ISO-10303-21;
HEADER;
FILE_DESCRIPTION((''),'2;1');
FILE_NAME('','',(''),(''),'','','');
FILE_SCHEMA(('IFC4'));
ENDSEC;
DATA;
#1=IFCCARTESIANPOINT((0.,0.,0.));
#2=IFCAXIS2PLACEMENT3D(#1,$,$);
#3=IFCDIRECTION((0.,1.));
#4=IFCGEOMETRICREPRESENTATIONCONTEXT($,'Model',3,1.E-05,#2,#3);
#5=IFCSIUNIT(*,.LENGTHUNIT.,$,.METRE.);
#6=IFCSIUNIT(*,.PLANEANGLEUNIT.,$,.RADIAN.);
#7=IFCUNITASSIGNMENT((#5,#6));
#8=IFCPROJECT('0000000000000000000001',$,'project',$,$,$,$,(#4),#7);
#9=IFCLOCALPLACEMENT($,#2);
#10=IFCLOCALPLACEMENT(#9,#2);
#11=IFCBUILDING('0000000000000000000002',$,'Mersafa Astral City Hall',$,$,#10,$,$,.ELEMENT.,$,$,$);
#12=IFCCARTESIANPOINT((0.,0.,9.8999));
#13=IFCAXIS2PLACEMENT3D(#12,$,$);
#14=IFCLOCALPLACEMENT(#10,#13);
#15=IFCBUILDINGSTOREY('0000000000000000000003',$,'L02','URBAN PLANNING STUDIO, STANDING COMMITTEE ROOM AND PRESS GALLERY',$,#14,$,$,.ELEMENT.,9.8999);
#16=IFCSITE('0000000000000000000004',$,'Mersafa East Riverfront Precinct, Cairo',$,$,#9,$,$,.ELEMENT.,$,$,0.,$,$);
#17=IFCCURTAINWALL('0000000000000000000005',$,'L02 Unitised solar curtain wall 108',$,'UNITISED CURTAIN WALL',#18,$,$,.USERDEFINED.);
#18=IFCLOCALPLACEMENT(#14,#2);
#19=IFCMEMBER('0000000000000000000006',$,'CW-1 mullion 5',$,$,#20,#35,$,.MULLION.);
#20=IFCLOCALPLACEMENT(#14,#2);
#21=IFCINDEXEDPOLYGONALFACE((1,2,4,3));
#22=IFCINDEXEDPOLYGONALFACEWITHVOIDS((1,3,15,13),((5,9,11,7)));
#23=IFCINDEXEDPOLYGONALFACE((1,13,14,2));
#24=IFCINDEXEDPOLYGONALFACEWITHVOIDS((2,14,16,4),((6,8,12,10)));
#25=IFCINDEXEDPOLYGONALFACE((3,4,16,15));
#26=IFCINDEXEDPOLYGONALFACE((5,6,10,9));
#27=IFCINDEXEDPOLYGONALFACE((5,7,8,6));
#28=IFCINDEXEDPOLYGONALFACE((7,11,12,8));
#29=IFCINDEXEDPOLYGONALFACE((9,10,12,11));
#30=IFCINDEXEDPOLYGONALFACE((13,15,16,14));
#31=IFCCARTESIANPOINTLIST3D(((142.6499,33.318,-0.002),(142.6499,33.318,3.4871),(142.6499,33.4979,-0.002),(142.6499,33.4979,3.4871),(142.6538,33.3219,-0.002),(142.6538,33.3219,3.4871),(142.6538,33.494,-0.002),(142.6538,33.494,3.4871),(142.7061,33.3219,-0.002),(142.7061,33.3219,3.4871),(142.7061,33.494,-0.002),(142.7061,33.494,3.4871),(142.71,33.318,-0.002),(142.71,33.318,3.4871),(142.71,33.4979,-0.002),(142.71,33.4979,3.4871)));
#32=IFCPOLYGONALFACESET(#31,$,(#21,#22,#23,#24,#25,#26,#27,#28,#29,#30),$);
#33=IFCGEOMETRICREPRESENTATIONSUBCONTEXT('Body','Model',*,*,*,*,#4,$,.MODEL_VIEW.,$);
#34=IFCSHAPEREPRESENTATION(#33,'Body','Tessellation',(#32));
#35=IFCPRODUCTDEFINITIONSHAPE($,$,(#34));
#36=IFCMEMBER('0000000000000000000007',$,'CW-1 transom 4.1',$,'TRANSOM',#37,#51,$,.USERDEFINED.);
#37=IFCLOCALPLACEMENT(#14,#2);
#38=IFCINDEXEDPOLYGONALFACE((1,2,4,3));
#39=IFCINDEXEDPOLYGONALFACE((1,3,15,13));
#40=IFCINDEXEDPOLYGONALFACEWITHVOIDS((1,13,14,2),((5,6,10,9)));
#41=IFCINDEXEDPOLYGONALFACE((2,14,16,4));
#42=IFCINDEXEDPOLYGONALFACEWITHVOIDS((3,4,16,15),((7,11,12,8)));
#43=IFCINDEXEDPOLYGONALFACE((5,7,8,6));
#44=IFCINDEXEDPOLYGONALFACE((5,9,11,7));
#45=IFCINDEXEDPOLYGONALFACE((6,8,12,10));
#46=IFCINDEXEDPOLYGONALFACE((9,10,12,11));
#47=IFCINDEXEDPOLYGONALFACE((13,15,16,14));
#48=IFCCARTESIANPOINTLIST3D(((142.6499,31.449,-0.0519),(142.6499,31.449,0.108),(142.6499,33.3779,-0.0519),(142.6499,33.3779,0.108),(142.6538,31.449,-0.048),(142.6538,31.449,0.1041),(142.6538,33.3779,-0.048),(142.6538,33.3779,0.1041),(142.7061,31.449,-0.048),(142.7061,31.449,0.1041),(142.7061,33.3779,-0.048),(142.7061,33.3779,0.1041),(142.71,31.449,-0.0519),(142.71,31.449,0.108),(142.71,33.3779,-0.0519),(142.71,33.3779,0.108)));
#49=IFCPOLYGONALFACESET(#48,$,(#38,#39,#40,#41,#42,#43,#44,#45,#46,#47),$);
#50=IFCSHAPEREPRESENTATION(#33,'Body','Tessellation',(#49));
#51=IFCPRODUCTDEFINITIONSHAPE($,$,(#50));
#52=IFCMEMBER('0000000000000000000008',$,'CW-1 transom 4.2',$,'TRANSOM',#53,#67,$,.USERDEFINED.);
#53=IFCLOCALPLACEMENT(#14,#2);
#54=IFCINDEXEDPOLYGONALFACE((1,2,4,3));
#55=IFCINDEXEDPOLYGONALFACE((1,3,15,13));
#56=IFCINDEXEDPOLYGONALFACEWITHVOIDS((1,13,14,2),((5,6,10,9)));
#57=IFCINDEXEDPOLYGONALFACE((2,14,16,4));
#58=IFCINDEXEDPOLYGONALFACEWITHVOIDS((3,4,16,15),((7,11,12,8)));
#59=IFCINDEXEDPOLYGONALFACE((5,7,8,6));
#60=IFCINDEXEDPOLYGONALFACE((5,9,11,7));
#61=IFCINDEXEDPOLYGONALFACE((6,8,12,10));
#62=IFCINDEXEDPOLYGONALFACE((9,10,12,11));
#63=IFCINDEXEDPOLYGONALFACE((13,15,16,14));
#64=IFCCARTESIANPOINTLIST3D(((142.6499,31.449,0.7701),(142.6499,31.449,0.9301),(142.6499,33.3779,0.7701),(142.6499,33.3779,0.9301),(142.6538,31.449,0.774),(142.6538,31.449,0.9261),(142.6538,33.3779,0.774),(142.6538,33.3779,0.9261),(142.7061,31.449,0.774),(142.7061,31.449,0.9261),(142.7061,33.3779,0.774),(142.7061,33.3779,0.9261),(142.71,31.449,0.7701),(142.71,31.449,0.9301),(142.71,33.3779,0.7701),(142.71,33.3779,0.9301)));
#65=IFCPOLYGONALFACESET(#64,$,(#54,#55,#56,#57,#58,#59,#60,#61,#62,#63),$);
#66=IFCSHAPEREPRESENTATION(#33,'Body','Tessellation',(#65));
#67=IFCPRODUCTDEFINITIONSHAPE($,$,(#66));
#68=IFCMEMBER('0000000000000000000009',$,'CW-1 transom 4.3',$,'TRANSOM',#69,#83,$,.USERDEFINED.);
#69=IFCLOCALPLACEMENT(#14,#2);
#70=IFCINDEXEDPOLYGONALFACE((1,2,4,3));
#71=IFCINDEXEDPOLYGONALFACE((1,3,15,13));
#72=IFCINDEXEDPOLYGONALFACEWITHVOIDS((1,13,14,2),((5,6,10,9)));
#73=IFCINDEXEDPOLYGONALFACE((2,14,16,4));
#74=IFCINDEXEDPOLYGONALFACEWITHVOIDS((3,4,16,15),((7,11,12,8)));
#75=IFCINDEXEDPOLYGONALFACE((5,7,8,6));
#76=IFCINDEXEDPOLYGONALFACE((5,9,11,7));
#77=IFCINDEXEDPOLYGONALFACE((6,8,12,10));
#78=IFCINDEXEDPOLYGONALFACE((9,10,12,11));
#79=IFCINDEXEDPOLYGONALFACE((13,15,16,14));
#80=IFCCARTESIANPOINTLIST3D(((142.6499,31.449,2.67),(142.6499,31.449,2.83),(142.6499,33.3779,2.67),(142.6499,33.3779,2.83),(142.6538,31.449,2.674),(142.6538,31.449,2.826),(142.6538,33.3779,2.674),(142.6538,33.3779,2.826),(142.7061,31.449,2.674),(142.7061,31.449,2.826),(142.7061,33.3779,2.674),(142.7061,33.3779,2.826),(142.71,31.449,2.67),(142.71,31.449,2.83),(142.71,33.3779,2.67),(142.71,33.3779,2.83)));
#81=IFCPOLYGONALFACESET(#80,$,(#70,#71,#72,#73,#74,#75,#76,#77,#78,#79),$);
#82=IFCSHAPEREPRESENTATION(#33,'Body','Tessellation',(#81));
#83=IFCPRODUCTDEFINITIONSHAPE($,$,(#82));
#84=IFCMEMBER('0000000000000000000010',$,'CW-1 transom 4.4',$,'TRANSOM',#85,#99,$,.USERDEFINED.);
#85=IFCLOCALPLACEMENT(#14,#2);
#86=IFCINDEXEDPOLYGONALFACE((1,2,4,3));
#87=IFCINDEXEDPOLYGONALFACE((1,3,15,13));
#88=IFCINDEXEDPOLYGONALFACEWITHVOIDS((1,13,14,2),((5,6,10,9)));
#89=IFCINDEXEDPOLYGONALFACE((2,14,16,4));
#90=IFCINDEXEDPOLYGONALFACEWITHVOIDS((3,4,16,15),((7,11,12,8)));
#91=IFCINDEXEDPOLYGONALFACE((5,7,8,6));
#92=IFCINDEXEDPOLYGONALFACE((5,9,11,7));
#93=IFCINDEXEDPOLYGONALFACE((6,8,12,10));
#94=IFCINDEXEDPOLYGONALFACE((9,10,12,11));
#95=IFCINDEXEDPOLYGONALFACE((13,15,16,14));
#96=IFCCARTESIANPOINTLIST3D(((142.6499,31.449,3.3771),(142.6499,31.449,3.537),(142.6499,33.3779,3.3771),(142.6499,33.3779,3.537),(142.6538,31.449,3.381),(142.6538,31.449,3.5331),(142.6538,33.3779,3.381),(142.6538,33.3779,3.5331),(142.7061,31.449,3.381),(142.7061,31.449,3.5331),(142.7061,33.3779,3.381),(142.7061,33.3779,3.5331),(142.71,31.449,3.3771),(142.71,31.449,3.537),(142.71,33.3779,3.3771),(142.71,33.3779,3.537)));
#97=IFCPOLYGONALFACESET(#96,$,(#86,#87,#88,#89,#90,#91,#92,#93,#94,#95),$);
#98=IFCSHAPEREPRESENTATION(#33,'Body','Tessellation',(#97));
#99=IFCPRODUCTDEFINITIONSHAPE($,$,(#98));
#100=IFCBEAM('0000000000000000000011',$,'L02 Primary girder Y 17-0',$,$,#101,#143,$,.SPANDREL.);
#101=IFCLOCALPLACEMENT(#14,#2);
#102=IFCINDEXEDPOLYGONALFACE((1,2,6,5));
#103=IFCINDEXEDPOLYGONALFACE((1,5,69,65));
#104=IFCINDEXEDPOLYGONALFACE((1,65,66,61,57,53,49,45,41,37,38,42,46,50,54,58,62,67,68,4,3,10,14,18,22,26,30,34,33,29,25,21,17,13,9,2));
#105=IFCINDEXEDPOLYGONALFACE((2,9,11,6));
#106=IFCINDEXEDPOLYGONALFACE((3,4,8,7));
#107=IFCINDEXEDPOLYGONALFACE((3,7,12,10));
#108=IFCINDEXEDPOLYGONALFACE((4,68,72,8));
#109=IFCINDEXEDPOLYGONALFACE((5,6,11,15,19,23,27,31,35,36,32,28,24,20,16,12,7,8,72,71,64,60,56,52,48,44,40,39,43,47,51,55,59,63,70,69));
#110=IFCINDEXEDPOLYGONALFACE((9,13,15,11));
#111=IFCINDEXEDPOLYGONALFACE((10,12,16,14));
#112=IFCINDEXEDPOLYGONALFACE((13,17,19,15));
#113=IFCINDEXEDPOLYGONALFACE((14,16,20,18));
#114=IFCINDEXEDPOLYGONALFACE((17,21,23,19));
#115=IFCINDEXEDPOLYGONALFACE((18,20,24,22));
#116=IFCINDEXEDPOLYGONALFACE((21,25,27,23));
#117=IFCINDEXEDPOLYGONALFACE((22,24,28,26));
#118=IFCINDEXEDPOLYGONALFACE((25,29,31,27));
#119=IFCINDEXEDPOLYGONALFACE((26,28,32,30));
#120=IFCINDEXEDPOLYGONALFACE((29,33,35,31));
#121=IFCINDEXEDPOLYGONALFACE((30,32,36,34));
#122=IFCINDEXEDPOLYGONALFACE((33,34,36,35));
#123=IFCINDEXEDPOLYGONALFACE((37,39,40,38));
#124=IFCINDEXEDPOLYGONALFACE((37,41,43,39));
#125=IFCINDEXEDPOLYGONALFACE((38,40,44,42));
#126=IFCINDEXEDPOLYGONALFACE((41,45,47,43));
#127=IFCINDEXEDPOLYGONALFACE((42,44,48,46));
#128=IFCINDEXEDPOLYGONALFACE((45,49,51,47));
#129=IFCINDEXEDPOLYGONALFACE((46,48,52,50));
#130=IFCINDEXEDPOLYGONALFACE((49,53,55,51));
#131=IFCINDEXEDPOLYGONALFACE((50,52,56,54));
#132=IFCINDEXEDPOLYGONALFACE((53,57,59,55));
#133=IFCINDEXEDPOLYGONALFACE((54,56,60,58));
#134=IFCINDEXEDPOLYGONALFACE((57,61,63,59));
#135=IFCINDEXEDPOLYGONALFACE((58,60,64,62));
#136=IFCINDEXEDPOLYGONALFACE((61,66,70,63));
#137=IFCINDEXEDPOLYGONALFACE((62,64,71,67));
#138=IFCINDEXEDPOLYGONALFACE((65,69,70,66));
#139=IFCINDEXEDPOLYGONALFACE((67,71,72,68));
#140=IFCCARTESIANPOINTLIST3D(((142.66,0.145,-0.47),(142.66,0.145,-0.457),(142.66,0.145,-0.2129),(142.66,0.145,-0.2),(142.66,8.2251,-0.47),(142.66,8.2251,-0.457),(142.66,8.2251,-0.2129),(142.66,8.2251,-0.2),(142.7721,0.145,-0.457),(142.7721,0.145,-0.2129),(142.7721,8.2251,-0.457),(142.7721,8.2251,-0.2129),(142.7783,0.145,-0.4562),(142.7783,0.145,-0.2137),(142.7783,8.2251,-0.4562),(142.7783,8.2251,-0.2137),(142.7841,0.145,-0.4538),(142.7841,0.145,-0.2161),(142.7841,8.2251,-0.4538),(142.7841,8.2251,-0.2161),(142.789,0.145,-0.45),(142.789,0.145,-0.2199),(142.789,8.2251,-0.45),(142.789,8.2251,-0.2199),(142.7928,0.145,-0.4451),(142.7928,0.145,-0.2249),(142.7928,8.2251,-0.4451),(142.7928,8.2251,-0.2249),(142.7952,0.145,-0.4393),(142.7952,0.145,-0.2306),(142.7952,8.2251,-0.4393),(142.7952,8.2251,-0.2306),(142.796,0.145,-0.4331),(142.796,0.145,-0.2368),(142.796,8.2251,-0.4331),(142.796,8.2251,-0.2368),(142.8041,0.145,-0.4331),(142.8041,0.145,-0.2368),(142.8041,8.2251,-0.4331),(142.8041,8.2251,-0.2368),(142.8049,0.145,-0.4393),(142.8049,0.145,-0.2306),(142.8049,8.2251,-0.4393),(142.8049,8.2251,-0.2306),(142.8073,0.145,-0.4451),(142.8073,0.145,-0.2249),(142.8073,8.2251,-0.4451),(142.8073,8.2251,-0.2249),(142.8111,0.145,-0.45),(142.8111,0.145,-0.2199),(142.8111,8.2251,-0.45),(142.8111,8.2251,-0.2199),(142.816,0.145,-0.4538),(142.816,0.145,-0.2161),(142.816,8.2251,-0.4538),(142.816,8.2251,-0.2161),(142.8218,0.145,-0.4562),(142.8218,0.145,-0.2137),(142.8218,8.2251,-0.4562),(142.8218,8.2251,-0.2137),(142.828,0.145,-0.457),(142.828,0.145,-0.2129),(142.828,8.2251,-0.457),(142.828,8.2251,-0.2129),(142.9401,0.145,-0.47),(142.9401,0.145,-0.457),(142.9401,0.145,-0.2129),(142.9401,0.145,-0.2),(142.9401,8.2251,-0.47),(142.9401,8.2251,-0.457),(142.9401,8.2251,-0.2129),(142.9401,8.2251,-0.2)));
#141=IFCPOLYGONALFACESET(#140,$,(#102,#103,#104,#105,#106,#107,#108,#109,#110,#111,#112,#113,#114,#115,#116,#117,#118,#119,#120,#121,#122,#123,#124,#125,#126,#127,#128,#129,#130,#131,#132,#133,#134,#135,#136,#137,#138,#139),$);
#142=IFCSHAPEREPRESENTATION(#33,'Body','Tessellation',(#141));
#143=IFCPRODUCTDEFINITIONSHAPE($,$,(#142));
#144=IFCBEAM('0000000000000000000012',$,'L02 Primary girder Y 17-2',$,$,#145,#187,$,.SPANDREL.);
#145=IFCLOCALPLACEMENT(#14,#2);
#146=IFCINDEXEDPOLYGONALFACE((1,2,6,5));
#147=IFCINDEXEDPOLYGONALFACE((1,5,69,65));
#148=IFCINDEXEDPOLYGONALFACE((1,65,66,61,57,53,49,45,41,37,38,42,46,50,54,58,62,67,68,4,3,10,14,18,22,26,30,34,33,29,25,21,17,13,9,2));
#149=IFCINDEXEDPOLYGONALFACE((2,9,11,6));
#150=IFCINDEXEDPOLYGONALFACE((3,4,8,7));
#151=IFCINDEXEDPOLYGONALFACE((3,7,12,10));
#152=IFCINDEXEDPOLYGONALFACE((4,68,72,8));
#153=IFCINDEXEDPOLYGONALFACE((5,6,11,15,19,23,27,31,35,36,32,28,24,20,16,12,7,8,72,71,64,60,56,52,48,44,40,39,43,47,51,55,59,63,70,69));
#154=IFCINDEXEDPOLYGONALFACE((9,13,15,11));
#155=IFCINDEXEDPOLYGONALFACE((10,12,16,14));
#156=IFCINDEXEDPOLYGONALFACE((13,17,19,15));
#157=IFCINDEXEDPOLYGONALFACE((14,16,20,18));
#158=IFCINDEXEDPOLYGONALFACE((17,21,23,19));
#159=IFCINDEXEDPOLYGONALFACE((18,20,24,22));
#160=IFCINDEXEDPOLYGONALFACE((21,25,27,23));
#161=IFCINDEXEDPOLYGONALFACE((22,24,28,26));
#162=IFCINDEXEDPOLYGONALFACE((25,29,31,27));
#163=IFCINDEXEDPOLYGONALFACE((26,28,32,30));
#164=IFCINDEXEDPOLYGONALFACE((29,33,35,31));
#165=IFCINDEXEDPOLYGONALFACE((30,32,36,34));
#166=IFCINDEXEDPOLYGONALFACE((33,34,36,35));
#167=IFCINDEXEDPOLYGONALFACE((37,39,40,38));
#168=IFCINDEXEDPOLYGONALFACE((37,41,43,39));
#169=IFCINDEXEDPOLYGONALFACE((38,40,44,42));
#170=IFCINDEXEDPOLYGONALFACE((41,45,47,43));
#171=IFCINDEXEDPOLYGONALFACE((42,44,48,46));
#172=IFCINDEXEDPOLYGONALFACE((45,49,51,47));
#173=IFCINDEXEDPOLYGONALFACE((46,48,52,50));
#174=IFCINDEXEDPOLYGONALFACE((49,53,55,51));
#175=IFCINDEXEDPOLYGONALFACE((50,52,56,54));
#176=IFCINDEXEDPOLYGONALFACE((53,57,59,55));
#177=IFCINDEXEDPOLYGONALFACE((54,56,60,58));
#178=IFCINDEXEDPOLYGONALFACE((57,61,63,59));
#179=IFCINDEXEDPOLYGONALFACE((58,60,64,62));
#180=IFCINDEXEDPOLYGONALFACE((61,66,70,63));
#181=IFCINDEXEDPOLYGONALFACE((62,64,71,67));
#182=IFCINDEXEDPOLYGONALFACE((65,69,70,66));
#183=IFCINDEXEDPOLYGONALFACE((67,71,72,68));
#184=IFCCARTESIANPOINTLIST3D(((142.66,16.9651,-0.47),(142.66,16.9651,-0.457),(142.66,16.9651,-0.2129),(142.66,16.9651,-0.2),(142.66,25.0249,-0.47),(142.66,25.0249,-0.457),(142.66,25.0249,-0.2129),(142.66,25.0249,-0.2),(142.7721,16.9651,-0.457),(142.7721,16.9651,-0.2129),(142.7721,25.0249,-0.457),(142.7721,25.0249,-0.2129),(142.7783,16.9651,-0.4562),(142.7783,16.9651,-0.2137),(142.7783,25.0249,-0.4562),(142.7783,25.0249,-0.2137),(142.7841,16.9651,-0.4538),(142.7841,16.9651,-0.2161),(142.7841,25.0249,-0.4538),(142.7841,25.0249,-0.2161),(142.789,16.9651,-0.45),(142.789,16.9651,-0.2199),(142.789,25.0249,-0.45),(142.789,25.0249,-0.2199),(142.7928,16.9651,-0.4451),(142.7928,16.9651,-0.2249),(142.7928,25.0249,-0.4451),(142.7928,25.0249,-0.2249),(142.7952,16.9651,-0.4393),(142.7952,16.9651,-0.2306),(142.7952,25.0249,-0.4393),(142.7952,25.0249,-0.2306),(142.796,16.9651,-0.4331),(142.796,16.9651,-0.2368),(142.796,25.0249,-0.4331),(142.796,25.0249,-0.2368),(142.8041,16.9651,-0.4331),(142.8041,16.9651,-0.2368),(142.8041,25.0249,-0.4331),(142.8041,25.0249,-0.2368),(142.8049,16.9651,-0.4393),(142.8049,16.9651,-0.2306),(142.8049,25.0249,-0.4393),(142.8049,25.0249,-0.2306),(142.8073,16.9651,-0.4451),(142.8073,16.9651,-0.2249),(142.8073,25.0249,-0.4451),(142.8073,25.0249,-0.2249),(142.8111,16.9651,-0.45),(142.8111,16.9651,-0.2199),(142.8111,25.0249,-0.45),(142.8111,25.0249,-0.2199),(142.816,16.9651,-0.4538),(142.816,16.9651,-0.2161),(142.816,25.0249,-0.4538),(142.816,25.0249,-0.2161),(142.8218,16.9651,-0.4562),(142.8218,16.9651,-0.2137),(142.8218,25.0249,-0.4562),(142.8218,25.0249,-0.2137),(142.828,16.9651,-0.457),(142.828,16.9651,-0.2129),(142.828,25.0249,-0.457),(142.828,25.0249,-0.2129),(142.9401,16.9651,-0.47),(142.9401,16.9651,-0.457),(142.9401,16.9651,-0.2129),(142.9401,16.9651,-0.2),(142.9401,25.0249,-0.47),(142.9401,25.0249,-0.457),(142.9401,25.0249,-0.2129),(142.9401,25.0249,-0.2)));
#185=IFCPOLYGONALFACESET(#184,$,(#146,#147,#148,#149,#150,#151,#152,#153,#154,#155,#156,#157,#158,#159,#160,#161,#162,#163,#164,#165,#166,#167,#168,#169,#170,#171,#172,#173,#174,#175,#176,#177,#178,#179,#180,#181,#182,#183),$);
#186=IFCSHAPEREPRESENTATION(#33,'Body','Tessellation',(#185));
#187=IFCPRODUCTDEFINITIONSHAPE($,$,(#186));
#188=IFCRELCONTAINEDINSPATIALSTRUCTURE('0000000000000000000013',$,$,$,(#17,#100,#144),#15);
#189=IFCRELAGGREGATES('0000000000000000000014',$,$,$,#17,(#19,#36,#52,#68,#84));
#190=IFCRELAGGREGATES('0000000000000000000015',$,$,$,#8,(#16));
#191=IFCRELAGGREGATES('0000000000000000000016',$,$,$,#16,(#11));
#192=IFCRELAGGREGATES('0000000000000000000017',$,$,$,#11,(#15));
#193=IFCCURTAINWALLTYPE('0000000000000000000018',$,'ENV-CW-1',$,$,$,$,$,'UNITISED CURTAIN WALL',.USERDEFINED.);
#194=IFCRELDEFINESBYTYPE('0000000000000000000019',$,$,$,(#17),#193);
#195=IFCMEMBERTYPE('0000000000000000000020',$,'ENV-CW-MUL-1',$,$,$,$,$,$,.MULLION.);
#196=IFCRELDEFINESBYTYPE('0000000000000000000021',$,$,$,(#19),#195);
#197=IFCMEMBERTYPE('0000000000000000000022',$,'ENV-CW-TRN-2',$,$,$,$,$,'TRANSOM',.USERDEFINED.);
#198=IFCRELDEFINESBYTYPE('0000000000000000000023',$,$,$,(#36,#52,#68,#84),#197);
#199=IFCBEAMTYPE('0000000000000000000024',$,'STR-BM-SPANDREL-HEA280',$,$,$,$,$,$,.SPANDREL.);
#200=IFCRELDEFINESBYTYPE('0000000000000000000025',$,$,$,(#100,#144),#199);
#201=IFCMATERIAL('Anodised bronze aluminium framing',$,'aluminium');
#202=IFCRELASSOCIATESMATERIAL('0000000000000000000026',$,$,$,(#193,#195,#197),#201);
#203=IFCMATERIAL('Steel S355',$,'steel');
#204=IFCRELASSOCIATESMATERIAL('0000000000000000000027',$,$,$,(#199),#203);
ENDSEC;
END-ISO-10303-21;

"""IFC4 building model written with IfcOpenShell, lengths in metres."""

from ifc_helpers import new_model, si_unit, direction, frame, origin, origin_2d, place, context, subcontext, project, spatial, hollow_rectangle, i_section, extrude, material, material_profile, profile_set, type_object, element, aggregate, save


model = new_model("IFC4")

# Units and contexts
model_context = context("Model", 3, precision=1e-05, world=origin(), true_north=direction((0.0, 1.0)))
body_context = subcontext(model_context, "Body", "Model", "MODEL_VIEW")
ifc_project = project(units=[si_unit("LENGTHUNIT", "METRE"), si_unit("PLANEANGLEUNIT", "RADIAN")], contexts=[model_context])

# Site, building, storey
site_placement = place(None, origin())
site = spatial("IfcSite", under=ifc_project, at=site_placement, Name="Mersafa East Riverfront Precinct, Cairo", CompositionType="ELEMENT", RefElevation=0.0)
building_placement = place(site_placement, origin())
building = spatial("IfcBuilding", under=site, at=building_placement, Name="Mersafa Astral City Hall", CompositionType="ELEMENT")
storey_placement = place(building_placement, frame((0.0, 0.0, 9.8999)))
storey = spatial("IfcBuildingStorey", under=building, at=storey_placement, Name="L02", Description="URBAN PLANNING STUDIO, STANDING COMMITTEE ROOM AND PRESS GALLERY", CompositionType="ELEMENT", Elevation=9.8999)

# Shared definitions
ifc_material_1 = material(Name="Steel S355", Category="steel")

# Curtain wall, members
ifc_material_2 = material(Name="Anodised bronze aluminium framing", Category="aluminium")
curtain_wall_type = type_object("IfcCurtainWallType", Name="ENV-CW-1", ElementType="UNITISED CURTAIN WALL", PredefinedType="USERDEFINED", material=ifc_material_2)
curtain_wall_placement = place(storey_placement, origin())
curtain_wall = element("IfcCurtainWall", 1, at=curtain_wall_placement, inside=storey, type_object=curtain_wall_type, Name="L02 Unitised solar curtain wall 108", ObjectType="UNITISED CURTAIN WALL", PredefinedType="USERDEFINED")
ifc_material_profile_1 = material_profile(ifc_material_2, hollow_rectangle(XDim=0.0601, YDim=0.1799, WallThickness=0.0039, at=origin_2d()), Name="RHS 60x180x4")
ifc_profile_set_1 = profile_set([ifc_material_profile_1], Name="Anodised bronze aluminium framing")
member_type_1 = type_object("IfcMemberType", Name="ENV-CW-MUL-1", PredefinedType="MULLION", material=ifc_profile_set_1)
member_1_placement = place(storey_placement, frame((142.6799, 33.408, -0.002), z_axis=(0.0, 0.0, 1.0), x_axis=(-1.0, 0.0, 0.0)))
member_1 = element("IfcMember", 2, at=member_1_placement, type_object=member_type_1, Name="CW-1 mullion 5", PredefinedType="MULLION", context=body_context, shape_type="SweptSolid", body=[
    extrude(hollow_rectangle(XDim=0.0601, YDim=0.1799, WallThickness=0.0039, at=origin_2d()), origin(), (0.0, 0.0, 1.0), 3.489),
])
ifc_material_profile_2 = material_profile(ifc_material_2, hollow_rectangle(XDim=0.0601, YDim=0.1599, WallThickness=0.0039, at=origin_2d()), Name="RHS 60x160x4")
ifc_profile_set_2 = profile_set([ifc_material_profile_2], Name="Anodised bronze aluminium framing")
member_type_2 = type_object("IfcMemberType", Name="ENV-CW-TRN-2", ElementType="TRANSOM", PredefinedType="USERDEFINED", material=ifc_profile_set_2)
member_2_placement = place(storey_placement, frame((142.6799, 31.449, 0.0281), z_axis=(0.0, 1.0, 0.0), x_axis=(-1.0, 0.0, 0.0)))
member_2 = element("IfcMember", 3, at=member_2_placement, type_object=member_type_2, Name="CW-1 transom 4.1", ObjectType="TRANSOM", PredefinedType="USERDEFINED", context=body_context, shape_type="SweptSolid", body=[
    extrude(hollow_rectangle(XDim=0.0601, YDim=0.1599, WallThickness=0.0039, at=origin_2d()), origin(), (0.0, 0.0, 1.0), 1.929),
])
member_3_placement = place(storey_placement, frame((142.6799, 31.449, 0.8501), z_axis=(0.0, 1.0, 0.0), x_axis=(-1.0, 0.0, 0.0)))
member_3 = element("IfcMember", 4, at=member_3_placement, type_object=member_type_2, Name="CW-1 transom 4.2", ObjectType="TRANSOM", PredefinedType="USERDEFINED", context=body_context, shape_type="SweptSolid", body=[
    extrude(hollow_rectangle(XDim=0.0601, YDim=0.1599, WallThickness=0.0039, at=origin_2d()), origin(), (0.0, 0.0, 1.0), 1.929),
])
member_4_placement = place(storey_placement, frame((142.6799, 31.449, 2.75), z_axis=(0.0, 1.0, 0.0), x_axis=(-1.0, 0.0, 0.0)))
member_4 = element("IfcMember", 5, at=member_4_placement, type_object=member_type_2, Name="CW-1 transom 4.3", ObjectType="TRANSOM", PredefinedType="USERDEFINED", context=body_context, shape_type="SweptSolid", body=[
    extrude(hollow_rectangle(XDim=0.0601, YDim=0.1599, WallThickness=0.0039, at=origin_2d()), origin(), (0.0, 0.0, 1.0), 1.929),
])
member_5_placement = place(storey_placement, frame((142.6799, 31.449, 3.457), z_axis=(0.0, 1.0, 0.0), x_axis=(-1.0, 0.0, 0.0)))
member_5 = element("IfcMember", 6, at=member_5_placement, type_object=member_type_2, Name="CW-1 transom 4.4", ObjectType="TRANSOM", PredefinedType="USERDEFINED", context=body_context, shape_type="SweptSolid", body=[
    extrude(hollow_rectangle(XDim=0.0601, YDim=0.1599, WallThickness=0.0039, at=origin_2d()), origin(), (0.0, 0.0, 1.0), 1.929),
])

# Beams
ifc_material_profile_3 = material_profile(ifc_material_1, i_section(OverallWidth=0.28, OverallDepth=0.27, WebThickness=0.0081, FlangeThickness=0.0129, FilletRadius=0.0239, at=origin_2d()), Name="HEA 280")
ifc_profile_set_3 = profile_set([ifc_material_profile_3], Name="Steel S355")
beam_type_1 = type_object("IfcBeamType", Name="STR-BM-SPANDREL-HEA280", PredefinedType="SPANDREL", material=ifc_profile_set_3)
beam_1_placement = place(storey_placement, frame((142.8, 0.145, -0.335), z_axis=(0.0, 1.0, 0.0), x_axis=(-1.0, 0.0, 0.0)))
element("IfcBeam", 7, at=beam_1_placement, inside=storey, type_object=beam_type_1, Name="L02 Primary girder Y 17-0", PredefinedType="SPANDREL", context=body_context, shape_type="SweptSolid", body=[
    extrude(i_section(OverallWidth=0.28, OverallDepth=0.27, WebThickness=0.0081, FlangeThickness=0.0129, FilletRadius=0.0239, at=origin_2d()), origin(), (0.0, 0.0, 1.0), 8.0801),
])
beam_2_placement = place(storey_placement, frame((142.8, 16.9651, -0.335), z_axis=(0.0, 1.0, 0.0), x_axis=(-1.0, 0.0, 0.0)))
element("IfcBeam", 8, at=beam_2_placement, inside=storey, type_object=beam_type_1, Name="L02 Primary girder Y 17-2", PredefinedType="SPANDREL", context=body_context, shape_type="SweptSolid", body=[
    extrude(i_section(OverallWidth=0.28, OverallDepth=0.27, WebThickness=0.0081, FlangeThickness=0.0129, FilletRadius=0.0239, at=origin_2d()), origin(), (0.0, 0.0, 1.0), 8.0598),
])

aggregate(curtain_wall, [member_1, member_2, member_3, member_4, member_5])

save(model, "model.ifc")
